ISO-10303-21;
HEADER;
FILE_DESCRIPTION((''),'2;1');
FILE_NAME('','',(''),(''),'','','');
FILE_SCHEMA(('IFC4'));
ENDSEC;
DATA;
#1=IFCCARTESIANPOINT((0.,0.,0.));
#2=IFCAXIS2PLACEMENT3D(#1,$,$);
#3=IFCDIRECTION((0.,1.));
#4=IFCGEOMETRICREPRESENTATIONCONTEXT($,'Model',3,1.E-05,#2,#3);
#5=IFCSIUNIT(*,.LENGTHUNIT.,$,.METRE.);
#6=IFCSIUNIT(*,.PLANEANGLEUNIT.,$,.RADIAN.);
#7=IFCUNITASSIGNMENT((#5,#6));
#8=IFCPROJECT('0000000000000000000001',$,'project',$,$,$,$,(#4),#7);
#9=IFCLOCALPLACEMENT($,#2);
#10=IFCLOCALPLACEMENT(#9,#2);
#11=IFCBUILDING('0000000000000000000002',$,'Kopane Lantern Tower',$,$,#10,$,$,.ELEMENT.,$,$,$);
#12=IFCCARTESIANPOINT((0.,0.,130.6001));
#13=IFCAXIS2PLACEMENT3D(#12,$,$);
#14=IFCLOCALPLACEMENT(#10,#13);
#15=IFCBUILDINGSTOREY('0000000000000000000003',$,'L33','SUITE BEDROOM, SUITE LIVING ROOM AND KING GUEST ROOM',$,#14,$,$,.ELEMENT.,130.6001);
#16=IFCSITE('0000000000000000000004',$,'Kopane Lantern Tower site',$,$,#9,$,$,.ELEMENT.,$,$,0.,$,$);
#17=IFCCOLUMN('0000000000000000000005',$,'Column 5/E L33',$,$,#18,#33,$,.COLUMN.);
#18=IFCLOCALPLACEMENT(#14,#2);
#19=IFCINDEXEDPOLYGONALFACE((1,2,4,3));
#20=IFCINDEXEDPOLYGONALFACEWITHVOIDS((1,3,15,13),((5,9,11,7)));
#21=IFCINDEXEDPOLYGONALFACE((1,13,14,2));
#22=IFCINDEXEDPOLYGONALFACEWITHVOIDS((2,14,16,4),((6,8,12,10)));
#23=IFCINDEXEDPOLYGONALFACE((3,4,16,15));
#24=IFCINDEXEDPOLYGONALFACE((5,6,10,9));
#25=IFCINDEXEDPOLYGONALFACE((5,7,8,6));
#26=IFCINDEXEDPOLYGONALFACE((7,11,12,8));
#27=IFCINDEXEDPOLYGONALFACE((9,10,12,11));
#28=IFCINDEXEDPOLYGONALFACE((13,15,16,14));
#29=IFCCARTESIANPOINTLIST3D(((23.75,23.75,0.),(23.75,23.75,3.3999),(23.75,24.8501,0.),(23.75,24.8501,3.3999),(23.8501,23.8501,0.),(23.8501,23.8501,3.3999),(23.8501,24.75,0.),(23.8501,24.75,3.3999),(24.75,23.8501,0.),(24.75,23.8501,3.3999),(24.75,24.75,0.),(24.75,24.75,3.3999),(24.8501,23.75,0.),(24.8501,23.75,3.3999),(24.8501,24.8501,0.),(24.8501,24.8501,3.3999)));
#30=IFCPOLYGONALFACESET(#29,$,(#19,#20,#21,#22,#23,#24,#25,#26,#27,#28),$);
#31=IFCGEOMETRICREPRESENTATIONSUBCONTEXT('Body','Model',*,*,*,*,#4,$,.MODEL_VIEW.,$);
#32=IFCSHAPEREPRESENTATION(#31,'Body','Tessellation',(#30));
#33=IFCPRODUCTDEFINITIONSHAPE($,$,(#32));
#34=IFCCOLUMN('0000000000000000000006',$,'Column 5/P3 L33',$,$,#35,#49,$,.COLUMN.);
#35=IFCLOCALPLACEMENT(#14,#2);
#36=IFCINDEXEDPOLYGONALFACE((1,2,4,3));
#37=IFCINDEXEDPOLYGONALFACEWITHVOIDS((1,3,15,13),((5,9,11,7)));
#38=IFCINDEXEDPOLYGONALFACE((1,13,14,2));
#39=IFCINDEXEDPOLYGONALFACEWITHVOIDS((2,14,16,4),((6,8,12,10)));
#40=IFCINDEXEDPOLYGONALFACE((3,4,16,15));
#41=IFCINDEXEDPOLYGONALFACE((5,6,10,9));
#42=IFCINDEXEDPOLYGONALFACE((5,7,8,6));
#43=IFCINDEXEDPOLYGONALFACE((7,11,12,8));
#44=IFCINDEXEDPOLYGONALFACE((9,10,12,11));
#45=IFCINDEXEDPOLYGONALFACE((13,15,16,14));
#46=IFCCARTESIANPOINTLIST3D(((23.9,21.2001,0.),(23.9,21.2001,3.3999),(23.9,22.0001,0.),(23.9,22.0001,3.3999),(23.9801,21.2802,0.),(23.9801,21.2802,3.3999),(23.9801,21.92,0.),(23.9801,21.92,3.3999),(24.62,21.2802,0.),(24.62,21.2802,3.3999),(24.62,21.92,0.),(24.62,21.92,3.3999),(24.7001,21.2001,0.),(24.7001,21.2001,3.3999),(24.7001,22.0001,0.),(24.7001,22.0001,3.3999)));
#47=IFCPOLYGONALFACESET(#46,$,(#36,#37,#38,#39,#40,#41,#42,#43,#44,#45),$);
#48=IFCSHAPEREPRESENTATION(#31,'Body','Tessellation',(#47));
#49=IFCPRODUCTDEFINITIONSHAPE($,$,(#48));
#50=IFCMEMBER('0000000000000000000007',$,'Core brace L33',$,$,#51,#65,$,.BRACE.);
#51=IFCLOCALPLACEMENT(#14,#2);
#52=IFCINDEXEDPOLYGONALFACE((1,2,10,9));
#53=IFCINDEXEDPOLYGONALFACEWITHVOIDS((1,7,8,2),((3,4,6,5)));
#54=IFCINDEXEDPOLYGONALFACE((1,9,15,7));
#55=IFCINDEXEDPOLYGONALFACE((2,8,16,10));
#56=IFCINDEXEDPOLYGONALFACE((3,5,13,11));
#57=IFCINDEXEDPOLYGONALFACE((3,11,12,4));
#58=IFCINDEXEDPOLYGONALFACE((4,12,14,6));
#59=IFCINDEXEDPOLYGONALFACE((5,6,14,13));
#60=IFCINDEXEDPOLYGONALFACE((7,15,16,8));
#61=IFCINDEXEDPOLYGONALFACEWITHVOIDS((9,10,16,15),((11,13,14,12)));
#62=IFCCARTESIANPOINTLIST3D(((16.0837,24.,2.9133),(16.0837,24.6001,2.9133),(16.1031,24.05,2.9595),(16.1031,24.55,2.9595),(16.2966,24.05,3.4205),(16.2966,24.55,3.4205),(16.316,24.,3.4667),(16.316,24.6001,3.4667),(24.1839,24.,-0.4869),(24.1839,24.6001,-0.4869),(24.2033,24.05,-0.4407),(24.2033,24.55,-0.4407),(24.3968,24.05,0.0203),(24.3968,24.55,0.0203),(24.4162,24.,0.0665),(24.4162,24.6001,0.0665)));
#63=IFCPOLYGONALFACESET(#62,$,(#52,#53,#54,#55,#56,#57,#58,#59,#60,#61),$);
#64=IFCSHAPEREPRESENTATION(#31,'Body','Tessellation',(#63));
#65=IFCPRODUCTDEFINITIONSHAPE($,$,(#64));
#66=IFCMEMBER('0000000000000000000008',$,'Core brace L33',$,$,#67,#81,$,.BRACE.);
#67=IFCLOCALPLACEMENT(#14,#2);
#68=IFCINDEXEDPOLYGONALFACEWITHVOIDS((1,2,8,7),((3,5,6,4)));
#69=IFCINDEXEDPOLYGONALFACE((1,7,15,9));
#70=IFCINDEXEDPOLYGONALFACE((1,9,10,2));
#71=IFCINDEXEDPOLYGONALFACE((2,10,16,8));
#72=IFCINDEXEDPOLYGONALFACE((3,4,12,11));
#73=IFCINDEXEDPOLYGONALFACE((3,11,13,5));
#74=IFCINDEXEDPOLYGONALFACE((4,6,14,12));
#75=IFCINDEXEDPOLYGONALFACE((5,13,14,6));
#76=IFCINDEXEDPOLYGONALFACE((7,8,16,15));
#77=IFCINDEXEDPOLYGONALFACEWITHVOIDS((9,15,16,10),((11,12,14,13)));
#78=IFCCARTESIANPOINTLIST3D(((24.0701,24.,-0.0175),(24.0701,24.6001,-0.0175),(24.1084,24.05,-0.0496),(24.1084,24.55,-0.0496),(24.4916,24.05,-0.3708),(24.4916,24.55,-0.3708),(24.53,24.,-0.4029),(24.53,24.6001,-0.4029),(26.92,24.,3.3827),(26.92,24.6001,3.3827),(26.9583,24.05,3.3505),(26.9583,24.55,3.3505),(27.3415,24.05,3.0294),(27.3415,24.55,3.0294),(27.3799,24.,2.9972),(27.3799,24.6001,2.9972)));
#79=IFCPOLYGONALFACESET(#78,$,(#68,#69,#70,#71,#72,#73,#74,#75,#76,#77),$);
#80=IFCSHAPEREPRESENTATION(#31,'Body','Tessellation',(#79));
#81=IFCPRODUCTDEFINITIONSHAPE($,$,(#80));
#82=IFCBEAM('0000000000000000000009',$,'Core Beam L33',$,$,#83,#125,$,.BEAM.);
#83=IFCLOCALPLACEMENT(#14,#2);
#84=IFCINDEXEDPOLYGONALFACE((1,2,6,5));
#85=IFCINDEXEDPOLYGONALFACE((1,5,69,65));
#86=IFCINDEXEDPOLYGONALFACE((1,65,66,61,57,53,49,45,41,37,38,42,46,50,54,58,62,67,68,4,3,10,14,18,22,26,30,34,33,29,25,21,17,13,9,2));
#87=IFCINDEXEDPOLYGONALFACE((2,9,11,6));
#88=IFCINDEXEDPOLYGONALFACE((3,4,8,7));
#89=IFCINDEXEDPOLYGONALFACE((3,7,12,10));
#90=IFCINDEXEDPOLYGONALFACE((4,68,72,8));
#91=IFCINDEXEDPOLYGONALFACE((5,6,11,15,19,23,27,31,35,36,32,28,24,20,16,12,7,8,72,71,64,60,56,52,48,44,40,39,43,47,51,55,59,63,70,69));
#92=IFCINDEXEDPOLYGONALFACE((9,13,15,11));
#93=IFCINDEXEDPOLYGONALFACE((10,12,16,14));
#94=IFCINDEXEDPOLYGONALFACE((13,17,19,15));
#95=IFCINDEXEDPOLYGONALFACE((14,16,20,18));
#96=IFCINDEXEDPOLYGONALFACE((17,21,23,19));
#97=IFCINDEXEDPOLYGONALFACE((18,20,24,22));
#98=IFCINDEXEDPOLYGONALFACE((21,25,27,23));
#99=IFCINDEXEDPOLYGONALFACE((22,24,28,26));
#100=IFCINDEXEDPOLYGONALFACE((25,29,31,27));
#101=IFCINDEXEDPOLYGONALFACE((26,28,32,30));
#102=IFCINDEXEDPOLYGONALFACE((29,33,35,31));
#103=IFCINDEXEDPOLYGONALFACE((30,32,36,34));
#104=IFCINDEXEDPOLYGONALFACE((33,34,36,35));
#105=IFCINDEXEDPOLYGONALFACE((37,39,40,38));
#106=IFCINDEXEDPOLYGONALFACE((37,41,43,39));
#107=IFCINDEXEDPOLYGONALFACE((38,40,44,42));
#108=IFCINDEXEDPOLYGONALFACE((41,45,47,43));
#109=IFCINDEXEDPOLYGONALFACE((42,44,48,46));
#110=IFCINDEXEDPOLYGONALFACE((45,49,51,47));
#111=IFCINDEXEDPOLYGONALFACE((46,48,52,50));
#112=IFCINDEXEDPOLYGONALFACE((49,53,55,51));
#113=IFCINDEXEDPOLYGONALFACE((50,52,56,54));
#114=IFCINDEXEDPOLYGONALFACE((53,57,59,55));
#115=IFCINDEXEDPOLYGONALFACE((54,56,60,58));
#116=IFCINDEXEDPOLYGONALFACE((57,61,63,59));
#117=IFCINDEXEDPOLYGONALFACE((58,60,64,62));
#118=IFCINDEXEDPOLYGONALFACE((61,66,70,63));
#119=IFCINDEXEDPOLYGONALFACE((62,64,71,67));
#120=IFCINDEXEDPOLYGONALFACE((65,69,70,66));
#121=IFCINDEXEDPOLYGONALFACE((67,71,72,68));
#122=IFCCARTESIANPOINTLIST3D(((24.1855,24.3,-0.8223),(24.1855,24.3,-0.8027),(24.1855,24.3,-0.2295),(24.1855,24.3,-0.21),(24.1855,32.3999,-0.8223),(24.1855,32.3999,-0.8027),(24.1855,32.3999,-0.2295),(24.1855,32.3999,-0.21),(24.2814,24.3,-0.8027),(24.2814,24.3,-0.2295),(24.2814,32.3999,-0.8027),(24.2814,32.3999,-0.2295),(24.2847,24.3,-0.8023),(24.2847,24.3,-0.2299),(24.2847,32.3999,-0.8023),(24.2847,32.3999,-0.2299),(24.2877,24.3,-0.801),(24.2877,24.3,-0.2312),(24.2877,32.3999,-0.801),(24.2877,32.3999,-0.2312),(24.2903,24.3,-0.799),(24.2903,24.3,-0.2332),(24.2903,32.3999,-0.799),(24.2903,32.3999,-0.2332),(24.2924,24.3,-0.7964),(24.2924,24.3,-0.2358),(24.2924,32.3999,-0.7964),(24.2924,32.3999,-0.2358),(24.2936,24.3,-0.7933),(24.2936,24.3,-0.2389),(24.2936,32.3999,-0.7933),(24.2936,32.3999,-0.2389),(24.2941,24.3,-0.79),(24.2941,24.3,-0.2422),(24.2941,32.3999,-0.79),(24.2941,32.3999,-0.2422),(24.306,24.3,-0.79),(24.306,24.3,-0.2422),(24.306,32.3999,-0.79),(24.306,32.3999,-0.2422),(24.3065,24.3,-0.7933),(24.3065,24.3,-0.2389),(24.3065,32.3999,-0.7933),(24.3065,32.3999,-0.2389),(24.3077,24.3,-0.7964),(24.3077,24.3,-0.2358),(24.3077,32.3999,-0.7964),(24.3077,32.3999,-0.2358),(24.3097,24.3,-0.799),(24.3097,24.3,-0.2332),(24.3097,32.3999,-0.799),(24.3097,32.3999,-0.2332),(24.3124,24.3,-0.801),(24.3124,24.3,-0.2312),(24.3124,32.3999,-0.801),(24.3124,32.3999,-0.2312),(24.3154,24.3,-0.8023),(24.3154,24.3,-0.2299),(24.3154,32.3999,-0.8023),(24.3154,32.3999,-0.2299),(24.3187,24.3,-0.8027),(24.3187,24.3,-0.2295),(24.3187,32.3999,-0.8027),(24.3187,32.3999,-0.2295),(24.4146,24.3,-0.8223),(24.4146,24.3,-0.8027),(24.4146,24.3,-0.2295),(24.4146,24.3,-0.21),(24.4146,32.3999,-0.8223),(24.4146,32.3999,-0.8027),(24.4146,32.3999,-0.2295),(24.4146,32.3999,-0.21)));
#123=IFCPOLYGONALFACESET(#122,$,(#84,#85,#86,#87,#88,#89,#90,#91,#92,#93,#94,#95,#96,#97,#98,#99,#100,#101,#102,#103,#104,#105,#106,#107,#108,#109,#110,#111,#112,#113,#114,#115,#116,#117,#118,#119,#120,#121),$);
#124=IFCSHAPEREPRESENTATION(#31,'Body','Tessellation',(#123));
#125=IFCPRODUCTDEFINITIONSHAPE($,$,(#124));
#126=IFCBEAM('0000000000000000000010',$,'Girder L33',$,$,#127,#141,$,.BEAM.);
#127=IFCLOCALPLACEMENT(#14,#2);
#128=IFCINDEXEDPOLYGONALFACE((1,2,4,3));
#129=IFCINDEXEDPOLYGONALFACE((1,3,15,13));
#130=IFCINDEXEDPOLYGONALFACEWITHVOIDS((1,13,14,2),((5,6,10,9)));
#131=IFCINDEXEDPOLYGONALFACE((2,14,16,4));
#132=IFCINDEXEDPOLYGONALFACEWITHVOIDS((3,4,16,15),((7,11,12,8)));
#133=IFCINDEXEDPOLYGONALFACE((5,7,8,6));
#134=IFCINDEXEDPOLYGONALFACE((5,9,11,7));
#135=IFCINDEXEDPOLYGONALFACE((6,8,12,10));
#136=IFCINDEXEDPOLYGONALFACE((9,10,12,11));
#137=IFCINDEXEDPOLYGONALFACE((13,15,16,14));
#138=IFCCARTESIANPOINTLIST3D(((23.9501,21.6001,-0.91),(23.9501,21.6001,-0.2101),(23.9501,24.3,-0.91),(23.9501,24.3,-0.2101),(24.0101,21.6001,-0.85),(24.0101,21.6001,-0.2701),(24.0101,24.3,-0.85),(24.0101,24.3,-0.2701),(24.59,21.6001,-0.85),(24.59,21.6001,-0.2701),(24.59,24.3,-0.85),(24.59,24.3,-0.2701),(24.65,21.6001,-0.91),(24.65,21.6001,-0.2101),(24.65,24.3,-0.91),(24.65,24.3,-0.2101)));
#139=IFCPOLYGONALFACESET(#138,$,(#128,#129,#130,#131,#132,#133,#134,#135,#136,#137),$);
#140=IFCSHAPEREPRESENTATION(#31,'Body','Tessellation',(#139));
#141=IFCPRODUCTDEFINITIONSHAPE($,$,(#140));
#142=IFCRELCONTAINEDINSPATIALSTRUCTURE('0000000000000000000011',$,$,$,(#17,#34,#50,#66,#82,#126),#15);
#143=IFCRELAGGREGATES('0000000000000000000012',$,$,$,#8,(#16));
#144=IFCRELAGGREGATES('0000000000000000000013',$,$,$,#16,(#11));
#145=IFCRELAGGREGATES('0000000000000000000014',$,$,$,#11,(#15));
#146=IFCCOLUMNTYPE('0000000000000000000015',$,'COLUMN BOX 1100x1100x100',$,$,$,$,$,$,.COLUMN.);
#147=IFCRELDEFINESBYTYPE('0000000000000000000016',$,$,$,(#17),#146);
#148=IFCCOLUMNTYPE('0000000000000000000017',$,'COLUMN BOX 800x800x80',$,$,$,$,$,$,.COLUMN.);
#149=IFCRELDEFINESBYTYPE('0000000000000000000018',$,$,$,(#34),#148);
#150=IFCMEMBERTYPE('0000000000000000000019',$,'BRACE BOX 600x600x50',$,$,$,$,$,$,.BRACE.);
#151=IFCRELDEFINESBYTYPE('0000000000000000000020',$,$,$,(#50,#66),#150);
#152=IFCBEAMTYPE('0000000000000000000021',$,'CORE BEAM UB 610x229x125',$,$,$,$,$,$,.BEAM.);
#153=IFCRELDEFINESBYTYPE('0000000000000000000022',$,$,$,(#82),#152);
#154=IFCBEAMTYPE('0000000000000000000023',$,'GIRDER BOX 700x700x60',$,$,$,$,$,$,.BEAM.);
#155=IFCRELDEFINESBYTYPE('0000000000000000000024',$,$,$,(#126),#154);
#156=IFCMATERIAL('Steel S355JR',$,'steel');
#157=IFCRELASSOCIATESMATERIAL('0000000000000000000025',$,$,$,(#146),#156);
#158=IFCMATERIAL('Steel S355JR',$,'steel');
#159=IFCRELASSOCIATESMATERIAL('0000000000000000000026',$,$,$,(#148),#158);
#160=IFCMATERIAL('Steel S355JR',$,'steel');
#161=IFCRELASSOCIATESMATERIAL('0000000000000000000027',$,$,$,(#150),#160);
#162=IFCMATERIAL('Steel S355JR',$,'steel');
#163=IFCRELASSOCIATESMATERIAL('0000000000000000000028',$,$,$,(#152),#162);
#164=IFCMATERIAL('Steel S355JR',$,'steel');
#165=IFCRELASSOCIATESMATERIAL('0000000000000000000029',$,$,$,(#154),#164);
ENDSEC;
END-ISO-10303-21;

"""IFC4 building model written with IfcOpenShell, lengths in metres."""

from ifc_helpers import new_model, si_unit, direction, frame, origin, origin_2d, place, context, subcontext, project, spatial, hollow_rectangle, i_section, extrude, material, material_profile, profile_set, type_object, element, save


model = new_model("IFC4")

# Units and contexts
model_context = context("Model", 3, precision=1e-05, world=origin(), true_north=direction((0.0, 1.0)))
body_context = subcontext(model_context, "Body", "Model", "MODEL_VIEW")
ifc_project = project(units=[si_unit("LENGTHUNIT", "METRE"), si_unit("PLANEANGLEUNIT", "RADIAN")], contexts=[model_context])

# Site, building, storey
site_placement = place(None, origin())
site = spatial("IfcSite", under=ifc_project, at=site_placement, Name="Kopane Lantern Tower site", CompositionType="ELEMENT", RefElevation=0.0)
building_placement = place(site_placement, origin())
building = spatial("IfcBuilding", under=site, at=building_placement, Name="Kopane Lantern Tower", CompositionType="ELEMENT")
storey_placement = place(building_placement, frame((0.0, 0.0, 130.6001)))
storey = spatial("IfcBuildingStorey", under=building, at=storey_placement, Name="L33", Description="SUITE BEDROOM, SUITE LIVING ROOM AND KING GUEST ROOM", CompositionType="ELEMENT", Elevation=130.6001)

# Columns
ifc_material_1 = material(Name="Steel S355JR", Category="steel")
ifc_material_profile_1 = material_profile(ifc_material_1, hollow_rectangle(XDim=1.1001, YDim=1.1001, WallThickness=0.1001, at=origin_2d()), Name="BOX 1100x1100x100")
ifc_profile_set_1 = profile_set([ifc_material_profile_1], Name="Steel S355JR")
column_type_1 = type_object("IfcColumnType", Name="COLUMN BOX 1100x1100x100", PredefinedType="COLUMN", material=ifc_profile_set_1)
column_1_placement = place(storey_placement, frame((24.3, 24.3, 0.0), z_axis=(0.0, 0.0, 1.0), x_axis=(1.0, 0.0, 0.0)))
element("IfcColumn", 1, at=column_1_placement, inside=storey, type_object=column_type_1, Name="Column 5/E L33", PredefinedType="COLUMN", context=body_context, shape_type="SweptSolid", body=[
    extrude(hollow_rectangle(XDim=1.1001, YDim=1.1001, WallThickness=0.1001, at=origin_2d()), origin(), (0.0, 0.0, 1.0), 3.3999),
])
ifc_material_2 = material(Name="Steel S355JR", Category="steel")
ifc_material_profile_2 = material_profile(ifc_material_2, hollow_rectangle(XDim=0.8, YDim=0.8, WallThickness=0.0801, at=origin_2d()), Name="BOX 800x800x80")
ifc_profile_set_2 = profile_set([ifc_material_profile_2], Name="Steel S355JR")
column_type_2 = type_object("IfcColumnType", Name="COLUMN BOX 800x800x80", PredefinedType="COLUMN", material=ifc_profile_set_2)
column_2_placement = place(storey_placement, frame((24.3, 21.6001, 0.0), z_axis=(0.0, 0.0, 1.0), x_axis=(1.0, 0.0, 0.0)))
element("IfcColumn", 2, at=column_2_placement, inside=storey, type_object=column_type_2, Name="Column 5/P3 L33", PredefinedType="COLUMN", context=body_context, shape_type="SweptSolid", body=[
    extrude(hollow_rectangle(XDim=0.8, YDim=0.8, WallThickness=0.0801, at=origin_2d()), origin(), (0.0, 0.0, 1.0), 3.3999),
])

# Members
ifc_material_3 = material(Name="Steel S355JR", Category="steel")
ifc_material_profile_3 = material_profile(ifc_material_3, hollow_rectangle(XDim=0.6001, YDim=0.6001, WallThickness=0.05, at=origin_2d()), Name="BOX 600x600x50")
ifc_profile_set_3 = profile_set([ifc_material_profile_3], Name="Steel S355JR")
member_type = type_object("IfcMemberType", Name="BRACE BOX 600x600x50", PredefinedType="BRACE", material=ifc_profile_set_3)
member_1_placement = place(storey_placement, frame((24.3, 24.3, -0.2102), z_axis=(-0.922059, 0.0, 0.387049), x_axis=(0.0, -1.0, 0.0)))
element("IfcMember", 3, at=member_1_placement, inside=storey, type_object=member_type, Name="Core brace L33", PredefinedType="BRACE", context=body_context, shape_type="SweptSolid", body=[
    extrude(hollow_rectangle(XDim=0.6001, YDim=0.6001, WallThickness=0.05, at=origin_2d()), origin(), (0.0, 0.0, 1.0), 8.7849),
])
member_2_placement = place(storey_placement, frame((24.3, 24.3, -0.2102), z_axis=(0.642363, 0.0, 0.7664), x_axis=(0.0, 1.0, 0.0)))
element("IfcMember", 4, at=member_2_placement, inside=storey, type_object=member_type, Name="Core brace L33", PredefinedType="BRACE", context=body_context, shape_type="SweptSolid", body=[
    extrude(hollow_rectangle(XDim=0.6001, YDim=0.6001, WallThickness=0.05, at=origin_2d()), origin(), (0.0, 0.0, 1.0), 4.4365),
])

# Beams
ifc_material_4 = material(Name="Steel S355JR", Category="steel")
ifc_material_profile_4 = material_profile(ifc_material_4, i_section(OverallWidth=0.229, OverallDepth=0.6123, WebThickness=0.012, FlangeThickness=0.0195, FilletRadius=0.0127, at=origin_2d()), Name="UB 610x229x125")
ifc_profile_set_4 = profile_set([ifc_material_profile_4], Name="Steel S355JR")
beam_type_1 = type_object("IfcBeamType", Name="CORE BEAM UB 610x229x125", PredefinedType="BEAM", material=ifc_profile_set_4)
beam_1_placement = place(storey_placement, frame((24.3, 24.3, -0.5161), z_axis=(0.0, 1.0, 0.0), x_axis=(-1.0, 0.0, 0.0)))
element("IfcBeam", 5, at=beam_1_placement, inside=storey, type_object=beam_type_1, Name="Core Beam L33", PredefinedType="BEAM", context=body_context, shape_type="SweptSolid", body=[
    extrude(i_section(OverallWidth=0.229, OverallDepth=0.6123, WebThickness=0.012, FlangeThickness=0.0195, FilletRadius=0.0127, at=origin_2d()), origin(), (0.0, 0.0, 1.0), 8.0999),
])
ifc_material_5 = material(Name="Steel S355JR", Category="steel")
ifc_material_profile_5 = material_profile(ifc_material_5, hollow_rectangle(XDim=0.7, YDim=0.7, WallThickness=0.0601, at=origin_2d()), Name="BOX 700x700x60")
ifc_profile_set_5 = profile_set([ifc_material_profile_5], Name="Steel S355JR")
beam_type_2 = type_object("IfcBeamType", Name="GIRDER BOX 700x700x60", PredefinedType="BEAM", material=ifc_profile_set_5)
beam_2_placement = place(storey_placement, frame((24.3, 21.6001, -0.5601), z_axis=(0.0, 1.0, 0.0), x_axis=(-1.0, 0.0, 0.0)))
element("IfcBeam", 6, at=beam_2_placement, inside=storey, type_object=beam_type_2, Name="Girder L33", PredefinedType="BEAM", context=body_context, shape_type="SweptSolid", body=[
    extrude(hollow_rectangle(XDim=0.7, YDim=0.7, WallThickness=0.0601, at=origin_2d()), origin(), (0.0, 0.0, 1.0), 2.7),
])

save(model, "model.ifc")
